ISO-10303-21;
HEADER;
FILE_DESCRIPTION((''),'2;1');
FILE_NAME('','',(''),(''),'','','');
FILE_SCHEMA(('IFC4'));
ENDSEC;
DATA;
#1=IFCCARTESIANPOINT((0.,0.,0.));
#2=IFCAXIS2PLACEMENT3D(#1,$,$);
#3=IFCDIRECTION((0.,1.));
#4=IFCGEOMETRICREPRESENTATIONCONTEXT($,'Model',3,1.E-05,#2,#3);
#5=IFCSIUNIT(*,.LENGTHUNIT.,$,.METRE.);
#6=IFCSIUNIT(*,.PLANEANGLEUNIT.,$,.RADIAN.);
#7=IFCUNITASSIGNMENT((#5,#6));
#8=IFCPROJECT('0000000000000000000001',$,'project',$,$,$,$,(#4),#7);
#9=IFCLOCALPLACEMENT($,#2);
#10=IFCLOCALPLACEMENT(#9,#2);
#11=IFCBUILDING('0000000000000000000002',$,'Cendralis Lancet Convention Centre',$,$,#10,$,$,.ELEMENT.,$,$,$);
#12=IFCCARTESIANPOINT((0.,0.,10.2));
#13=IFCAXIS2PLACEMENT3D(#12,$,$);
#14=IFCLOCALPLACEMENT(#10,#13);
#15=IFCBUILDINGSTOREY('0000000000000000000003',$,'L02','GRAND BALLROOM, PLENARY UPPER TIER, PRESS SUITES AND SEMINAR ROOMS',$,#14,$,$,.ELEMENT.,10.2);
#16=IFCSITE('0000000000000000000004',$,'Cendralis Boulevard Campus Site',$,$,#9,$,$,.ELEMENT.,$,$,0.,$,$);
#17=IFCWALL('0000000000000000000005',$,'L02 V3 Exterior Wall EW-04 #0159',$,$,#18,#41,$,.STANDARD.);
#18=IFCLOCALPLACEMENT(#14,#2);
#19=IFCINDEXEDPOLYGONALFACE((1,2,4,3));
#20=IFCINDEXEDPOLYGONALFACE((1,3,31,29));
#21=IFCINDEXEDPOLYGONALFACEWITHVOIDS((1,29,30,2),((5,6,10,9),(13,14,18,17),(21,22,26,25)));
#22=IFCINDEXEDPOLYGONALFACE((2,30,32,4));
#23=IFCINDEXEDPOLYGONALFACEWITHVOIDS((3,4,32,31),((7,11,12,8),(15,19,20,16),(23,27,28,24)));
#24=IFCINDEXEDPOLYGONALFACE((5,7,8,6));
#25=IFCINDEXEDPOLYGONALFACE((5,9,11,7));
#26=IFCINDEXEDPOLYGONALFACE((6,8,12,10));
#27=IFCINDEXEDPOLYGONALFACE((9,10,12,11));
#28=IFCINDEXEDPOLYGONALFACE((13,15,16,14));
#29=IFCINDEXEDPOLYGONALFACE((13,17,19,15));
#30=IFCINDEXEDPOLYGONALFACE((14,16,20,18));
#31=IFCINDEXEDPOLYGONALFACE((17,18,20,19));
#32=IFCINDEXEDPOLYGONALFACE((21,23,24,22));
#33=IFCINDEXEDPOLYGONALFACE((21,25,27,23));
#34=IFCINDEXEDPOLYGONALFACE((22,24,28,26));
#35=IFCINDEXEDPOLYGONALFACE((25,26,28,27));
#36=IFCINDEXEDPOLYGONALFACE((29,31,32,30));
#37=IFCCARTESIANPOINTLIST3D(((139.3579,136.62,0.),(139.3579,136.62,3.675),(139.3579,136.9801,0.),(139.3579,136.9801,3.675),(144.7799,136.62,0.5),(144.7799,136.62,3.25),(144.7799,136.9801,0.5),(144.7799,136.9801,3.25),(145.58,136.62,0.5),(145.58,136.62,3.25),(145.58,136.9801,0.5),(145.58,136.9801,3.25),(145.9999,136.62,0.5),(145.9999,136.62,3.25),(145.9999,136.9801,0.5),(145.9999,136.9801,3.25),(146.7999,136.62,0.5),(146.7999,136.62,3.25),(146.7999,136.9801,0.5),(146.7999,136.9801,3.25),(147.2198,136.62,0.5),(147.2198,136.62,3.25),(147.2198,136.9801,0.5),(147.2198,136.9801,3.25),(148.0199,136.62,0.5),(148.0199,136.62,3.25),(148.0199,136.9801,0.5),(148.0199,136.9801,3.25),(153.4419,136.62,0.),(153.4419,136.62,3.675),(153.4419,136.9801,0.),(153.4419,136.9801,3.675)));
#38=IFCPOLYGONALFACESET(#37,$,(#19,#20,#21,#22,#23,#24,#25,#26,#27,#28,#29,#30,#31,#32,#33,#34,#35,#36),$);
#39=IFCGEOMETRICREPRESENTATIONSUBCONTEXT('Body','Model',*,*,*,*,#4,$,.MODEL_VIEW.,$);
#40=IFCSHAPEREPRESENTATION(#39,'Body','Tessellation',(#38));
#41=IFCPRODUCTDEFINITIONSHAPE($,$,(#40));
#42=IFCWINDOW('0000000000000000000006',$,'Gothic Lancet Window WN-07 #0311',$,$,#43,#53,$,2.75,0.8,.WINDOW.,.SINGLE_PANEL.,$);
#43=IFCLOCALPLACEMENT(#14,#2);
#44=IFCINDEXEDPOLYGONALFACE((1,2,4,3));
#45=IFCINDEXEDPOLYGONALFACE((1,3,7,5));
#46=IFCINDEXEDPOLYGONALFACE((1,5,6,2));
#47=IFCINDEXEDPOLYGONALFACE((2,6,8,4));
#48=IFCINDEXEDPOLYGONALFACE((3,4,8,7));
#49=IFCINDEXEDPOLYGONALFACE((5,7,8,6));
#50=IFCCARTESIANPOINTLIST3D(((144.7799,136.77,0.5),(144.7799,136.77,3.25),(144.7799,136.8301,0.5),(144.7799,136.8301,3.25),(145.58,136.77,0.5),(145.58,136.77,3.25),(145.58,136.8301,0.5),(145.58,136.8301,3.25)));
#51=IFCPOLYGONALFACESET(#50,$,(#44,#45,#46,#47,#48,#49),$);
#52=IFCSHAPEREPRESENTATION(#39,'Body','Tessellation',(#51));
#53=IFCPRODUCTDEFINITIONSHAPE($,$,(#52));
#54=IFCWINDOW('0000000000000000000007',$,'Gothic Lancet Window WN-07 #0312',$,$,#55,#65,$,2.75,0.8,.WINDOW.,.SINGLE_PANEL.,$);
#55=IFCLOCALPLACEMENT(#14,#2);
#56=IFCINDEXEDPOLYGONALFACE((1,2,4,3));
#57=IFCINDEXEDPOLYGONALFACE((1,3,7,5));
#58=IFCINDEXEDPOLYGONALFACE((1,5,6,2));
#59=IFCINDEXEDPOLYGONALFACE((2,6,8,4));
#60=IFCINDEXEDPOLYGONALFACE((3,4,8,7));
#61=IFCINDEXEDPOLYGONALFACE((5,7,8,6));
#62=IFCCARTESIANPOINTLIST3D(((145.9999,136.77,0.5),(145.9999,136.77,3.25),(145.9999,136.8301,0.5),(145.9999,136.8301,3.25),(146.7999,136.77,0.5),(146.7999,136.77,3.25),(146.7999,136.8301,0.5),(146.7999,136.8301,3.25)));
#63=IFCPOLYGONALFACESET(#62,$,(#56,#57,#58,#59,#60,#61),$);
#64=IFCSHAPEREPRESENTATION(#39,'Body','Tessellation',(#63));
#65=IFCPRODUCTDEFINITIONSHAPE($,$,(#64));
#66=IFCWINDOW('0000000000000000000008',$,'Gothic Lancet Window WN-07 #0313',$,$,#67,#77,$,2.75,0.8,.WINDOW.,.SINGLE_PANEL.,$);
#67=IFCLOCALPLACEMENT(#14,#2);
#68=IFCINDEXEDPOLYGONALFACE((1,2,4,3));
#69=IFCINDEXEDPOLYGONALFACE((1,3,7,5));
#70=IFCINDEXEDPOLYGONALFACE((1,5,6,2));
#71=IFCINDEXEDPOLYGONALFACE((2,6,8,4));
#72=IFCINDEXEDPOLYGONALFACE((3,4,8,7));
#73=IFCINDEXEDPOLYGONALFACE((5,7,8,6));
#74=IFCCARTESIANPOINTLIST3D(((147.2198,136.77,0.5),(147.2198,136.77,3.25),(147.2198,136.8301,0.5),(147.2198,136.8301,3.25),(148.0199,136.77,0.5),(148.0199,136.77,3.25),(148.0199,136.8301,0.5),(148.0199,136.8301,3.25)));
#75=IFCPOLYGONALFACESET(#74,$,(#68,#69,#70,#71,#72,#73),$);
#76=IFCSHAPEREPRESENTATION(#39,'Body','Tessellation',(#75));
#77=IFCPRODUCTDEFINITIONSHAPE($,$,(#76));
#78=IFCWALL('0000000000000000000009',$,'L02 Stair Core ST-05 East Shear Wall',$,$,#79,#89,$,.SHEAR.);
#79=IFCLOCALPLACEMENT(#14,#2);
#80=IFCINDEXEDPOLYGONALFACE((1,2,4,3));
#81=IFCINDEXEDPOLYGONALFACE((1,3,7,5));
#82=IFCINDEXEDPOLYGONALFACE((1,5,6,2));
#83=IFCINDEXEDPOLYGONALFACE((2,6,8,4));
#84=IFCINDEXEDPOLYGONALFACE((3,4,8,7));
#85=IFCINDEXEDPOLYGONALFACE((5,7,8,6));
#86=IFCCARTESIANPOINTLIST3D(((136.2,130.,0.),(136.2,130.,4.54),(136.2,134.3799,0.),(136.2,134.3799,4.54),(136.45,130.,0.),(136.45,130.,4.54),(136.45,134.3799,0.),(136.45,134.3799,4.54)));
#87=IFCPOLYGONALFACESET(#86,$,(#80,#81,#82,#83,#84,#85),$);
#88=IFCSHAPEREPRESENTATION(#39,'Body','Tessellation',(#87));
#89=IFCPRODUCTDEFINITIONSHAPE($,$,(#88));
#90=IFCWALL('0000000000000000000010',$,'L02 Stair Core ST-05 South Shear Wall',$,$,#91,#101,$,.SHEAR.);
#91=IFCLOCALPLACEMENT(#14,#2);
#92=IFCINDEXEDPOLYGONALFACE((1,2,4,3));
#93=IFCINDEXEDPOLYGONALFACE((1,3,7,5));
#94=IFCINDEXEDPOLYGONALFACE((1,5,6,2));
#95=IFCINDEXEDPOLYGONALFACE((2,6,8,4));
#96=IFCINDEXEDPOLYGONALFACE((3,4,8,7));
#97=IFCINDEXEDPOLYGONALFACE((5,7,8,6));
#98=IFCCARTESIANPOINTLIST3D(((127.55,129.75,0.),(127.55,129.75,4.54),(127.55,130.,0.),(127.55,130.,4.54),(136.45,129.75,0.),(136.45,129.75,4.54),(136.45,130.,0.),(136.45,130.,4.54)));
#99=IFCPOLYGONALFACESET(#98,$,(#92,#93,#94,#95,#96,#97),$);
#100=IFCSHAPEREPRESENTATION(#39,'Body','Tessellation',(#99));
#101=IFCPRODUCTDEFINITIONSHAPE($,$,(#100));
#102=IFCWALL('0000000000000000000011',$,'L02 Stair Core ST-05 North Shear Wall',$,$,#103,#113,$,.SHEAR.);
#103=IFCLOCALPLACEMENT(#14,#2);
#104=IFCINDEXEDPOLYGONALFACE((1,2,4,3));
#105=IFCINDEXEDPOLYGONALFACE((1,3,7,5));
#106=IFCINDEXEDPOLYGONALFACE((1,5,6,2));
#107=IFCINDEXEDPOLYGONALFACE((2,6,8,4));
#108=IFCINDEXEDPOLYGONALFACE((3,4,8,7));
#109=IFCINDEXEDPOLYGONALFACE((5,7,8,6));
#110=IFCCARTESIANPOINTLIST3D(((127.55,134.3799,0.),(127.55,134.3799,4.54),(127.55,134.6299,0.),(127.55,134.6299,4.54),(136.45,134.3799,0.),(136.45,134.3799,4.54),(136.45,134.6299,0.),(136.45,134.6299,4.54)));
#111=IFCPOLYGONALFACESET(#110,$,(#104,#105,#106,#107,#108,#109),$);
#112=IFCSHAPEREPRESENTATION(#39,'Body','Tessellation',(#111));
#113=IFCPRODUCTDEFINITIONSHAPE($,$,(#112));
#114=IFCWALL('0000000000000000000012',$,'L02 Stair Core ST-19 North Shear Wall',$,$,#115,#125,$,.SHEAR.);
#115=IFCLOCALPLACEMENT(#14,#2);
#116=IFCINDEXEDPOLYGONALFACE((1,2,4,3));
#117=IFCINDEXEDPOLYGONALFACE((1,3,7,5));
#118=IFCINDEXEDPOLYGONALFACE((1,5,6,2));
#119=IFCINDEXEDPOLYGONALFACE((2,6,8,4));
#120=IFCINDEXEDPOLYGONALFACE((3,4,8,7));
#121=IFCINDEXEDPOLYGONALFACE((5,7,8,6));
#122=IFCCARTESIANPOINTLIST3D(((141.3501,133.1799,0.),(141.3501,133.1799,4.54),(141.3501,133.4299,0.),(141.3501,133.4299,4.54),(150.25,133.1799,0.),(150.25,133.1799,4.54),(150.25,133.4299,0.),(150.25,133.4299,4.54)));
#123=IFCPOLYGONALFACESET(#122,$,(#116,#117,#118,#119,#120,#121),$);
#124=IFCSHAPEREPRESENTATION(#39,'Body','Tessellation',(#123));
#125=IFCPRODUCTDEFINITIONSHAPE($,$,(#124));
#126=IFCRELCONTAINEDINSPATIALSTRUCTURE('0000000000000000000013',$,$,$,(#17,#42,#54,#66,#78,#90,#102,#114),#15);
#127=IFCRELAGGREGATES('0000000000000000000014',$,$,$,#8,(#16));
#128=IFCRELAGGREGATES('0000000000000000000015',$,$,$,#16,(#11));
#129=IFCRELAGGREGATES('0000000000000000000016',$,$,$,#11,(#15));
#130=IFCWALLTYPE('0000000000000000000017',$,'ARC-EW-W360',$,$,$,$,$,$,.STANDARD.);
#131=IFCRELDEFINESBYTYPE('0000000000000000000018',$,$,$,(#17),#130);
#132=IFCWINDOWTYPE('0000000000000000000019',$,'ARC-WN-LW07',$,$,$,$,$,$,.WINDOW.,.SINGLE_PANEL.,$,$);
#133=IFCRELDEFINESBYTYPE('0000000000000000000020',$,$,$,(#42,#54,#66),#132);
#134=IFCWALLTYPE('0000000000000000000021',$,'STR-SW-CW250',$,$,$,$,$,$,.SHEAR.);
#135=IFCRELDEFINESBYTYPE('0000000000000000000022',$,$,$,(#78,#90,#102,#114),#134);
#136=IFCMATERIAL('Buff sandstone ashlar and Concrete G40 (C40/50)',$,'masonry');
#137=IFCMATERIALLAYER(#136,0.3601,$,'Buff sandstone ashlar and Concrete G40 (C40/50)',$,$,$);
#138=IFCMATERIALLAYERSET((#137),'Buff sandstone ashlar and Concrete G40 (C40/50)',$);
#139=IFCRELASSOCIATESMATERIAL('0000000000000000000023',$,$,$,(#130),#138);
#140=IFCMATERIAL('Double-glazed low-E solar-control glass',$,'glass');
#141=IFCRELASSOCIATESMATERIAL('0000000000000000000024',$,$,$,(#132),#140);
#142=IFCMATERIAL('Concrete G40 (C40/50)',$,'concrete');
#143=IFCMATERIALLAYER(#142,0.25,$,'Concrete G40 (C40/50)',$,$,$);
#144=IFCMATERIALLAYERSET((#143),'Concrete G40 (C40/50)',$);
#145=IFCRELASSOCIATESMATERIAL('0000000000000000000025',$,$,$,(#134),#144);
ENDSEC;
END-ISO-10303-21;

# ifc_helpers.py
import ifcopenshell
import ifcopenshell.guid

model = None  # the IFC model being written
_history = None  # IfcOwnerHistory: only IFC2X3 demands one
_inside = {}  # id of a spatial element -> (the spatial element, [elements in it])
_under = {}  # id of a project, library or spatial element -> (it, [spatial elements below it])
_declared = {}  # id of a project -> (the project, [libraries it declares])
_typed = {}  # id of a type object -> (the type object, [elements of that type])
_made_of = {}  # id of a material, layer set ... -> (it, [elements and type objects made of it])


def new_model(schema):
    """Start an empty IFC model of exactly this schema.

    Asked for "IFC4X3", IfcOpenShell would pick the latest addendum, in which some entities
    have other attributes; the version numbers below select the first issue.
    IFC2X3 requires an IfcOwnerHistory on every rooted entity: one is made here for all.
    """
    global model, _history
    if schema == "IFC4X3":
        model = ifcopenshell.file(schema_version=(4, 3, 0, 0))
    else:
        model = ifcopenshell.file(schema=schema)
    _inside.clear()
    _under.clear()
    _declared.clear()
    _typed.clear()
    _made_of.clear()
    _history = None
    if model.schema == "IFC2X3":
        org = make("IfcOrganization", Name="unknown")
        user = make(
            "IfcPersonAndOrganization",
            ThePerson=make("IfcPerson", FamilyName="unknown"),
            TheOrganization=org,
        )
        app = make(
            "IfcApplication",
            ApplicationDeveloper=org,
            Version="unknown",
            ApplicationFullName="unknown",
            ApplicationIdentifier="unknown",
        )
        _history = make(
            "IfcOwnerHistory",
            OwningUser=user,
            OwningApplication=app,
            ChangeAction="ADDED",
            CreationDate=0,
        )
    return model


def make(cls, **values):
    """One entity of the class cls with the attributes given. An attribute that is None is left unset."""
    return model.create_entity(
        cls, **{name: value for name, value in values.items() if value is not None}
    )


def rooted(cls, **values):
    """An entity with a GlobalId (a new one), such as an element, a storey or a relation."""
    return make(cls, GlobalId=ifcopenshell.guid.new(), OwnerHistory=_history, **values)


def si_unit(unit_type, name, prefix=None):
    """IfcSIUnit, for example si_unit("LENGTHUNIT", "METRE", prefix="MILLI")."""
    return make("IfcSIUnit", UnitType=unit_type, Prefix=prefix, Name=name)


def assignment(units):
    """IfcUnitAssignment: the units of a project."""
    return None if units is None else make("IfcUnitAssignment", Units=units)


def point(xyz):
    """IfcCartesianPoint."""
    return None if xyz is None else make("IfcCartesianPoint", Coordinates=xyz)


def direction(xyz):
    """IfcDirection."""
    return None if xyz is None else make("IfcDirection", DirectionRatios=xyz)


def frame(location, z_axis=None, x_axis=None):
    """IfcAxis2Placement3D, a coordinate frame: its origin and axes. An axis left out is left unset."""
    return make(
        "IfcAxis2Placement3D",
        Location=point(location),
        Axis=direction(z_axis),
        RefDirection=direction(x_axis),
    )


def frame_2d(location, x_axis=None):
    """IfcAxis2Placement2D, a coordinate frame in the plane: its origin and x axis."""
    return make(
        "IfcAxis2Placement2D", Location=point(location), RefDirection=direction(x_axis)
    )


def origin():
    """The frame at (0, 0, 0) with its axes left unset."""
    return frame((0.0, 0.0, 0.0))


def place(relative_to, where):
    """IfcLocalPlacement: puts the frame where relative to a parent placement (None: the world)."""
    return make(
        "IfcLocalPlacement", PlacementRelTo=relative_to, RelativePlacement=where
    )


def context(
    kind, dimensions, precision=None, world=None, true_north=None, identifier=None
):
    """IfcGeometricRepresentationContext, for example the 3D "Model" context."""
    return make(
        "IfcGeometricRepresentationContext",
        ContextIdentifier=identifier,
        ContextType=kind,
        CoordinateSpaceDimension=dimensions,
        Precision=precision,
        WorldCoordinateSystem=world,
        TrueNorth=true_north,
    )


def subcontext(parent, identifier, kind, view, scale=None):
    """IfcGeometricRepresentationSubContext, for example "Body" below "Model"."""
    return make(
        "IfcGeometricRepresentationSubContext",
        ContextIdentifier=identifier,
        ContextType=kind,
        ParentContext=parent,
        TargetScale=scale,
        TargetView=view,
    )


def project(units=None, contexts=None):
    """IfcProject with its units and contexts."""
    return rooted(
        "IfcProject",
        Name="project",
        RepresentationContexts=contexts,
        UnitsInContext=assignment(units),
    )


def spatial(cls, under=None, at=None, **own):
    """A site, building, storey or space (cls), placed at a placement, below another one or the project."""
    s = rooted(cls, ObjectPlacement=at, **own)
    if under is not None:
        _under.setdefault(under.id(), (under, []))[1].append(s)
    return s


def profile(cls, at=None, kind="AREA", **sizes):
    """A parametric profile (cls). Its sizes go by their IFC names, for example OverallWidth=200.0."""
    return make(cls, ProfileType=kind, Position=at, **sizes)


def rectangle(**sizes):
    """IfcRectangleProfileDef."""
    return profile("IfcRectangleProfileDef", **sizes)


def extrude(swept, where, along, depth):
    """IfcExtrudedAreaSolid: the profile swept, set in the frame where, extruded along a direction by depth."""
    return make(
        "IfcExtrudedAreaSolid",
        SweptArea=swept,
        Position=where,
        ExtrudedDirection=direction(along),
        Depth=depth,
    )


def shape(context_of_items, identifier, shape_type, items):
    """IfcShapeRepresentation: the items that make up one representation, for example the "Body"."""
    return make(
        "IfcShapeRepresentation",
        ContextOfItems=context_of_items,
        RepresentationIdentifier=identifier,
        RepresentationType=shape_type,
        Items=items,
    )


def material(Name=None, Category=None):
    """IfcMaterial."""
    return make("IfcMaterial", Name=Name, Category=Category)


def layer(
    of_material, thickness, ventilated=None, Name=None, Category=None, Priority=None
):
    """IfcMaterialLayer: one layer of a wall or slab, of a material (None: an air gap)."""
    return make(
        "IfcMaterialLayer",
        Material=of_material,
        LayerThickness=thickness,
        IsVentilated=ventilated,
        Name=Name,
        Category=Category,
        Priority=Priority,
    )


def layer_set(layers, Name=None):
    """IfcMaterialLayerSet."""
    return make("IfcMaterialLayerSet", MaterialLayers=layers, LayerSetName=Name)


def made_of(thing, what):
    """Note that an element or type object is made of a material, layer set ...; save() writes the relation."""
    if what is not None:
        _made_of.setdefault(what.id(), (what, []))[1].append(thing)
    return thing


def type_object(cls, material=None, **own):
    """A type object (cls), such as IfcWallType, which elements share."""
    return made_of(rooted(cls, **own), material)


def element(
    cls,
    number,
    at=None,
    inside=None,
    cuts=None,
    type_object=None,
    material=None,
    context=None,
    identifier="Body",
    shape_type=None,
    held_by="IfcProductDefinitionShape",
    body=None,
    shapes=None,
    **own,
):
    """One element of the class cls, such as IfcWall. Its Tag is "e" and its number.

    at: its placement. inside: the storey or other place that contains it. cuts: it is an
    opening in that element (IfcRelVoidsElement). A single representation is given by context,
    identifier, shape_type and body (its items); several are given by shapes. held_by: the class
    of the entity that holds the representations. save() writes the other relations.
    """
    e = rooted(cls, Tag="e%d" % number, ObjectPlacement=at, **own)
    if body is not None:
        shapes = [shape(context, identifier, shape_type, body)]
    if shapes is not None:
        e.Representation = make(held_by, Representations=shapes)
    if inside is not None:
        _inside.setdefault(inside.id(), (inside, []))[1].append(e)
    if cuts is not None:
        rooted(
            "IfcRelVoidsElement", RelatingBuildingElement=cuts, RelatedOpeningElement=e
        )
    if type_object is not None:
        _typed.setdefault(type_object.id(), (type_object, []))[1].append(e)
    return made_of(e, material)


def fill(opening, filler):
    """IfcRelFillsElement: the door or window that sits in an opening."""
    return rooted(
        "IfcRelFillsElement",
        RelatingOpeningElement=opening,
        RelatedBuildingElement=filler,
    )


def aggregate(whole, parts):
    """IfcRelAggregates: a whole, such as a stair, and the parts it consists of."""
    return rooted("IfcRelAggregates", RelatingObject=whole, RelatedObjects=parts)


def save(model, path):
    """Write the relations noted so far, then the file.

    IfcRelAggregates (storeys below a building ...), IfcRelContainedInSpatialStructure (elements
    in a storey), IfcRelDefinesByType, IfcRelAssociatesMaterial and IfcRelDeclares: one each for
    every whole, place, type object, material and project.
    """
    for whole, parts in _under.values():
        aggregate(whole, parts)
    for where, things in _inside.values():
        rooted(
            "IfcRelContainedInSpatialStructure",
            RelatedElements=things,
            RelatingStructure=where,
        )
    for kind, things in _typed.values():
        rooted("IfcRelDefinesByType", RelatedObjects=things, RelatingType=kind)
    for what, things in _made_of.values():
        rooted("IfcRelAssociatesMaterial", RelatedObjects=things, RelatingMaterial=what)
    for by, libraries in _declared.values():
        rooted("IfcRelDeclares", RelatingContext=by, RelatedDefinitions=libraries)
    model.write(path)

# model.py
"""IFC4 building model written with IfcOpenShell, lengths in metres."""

from ifc_helpers import new_model, si_unit, direction, frame, frame_2d, origin, place, context, subcontext, project, spatial, rectangle, extrude, material, layer, layer_set, type_object, element, fill, save


model = new_model("IFC4")

# Units and contexts
model_context = context("Model", 3, precision=1e-05, world=origin(), true_north=direction((0.0, 1.0)))
body_context = subcontext(model_context, "Body", "Model", "MODEL_VIEW")
ifc_project = project(units=[si_unit("LENGTHUNIT", "METRE"), si_unit("PLANEANGLEUNIT", "RADIAN")], contexts=[model_context])

# Site, building, storey
site_placement = place(None, origin())
site = spatial("IfcSite", under=ifc_project, at=site_placement, Name="Cendralis Boulevard Campus Site", CompositionType="ELEMENT", RefElevation=0.0)
building_placement = place(site_placement, origin())
building = spatial("IfcBuilding", under=site, at=building_placement, Name="Cendralis Lancet Convention Centre", CompositionType="ELEMENT")
storey_placement = place(building_placement, frame((0.0, 0.0, 10.2)))
storey = spatial("IfcBuildingStorey", under=building, at=storey_placement, Name="L02", Description="GRAND BALLROOM, PLENARY UPPER TIER, PRESS SUITES AND SEMINAR ROOMS", CompositionType="ELEMENT", Elevation=10.2)

# Shared definitions
ifc_material_1 = material(Name="Concrete G40 (C40/50)", Category="concrete")

# Shared definitions
ifc_material_2 = material(Name="Double-glazed low-E solar-control glass", Category="glass")

# Wall, openings, windows
ifc_material_3 = material(Name="Buff sandstone ashlar and Concrete G40 (C40/50)", Category="masonry")
ifc_layer_1 = layer(ifc_material_3, 0.3601, Name="Buff sandstone ashlar and Concrete G40 (C40/50)")
ifc_layer_set_1 = layer_set([ifc_layer_1], Name="Buff sandstone ashlar and Concrete G40 (C40/50)")
wall_type_1 = type_object("IfcWallType", Name="ARC-EW-W360", PredefinedType="STANDARD", material=ifc_layer_set_1)
wall_1_placement = place(storey_placement, frame((139.3579, 136.8, 0.0), z_axis=(0.0, 0.0, 1.0), x_axis=(1.0, 0.0, 0.0)))
wall_1 = element("IfcWall", 1, at=wall_1_placement, inside=storey, type_object=wall_type_1, Name="L02 V3 Exterior Wall EW-04 #0159", PredefinedType="STANDARD", context=body_context, shape_type="SweptSolid", body=[
    extrude(rectangle(XDim=14.084, YDim=0.3601, at=frame_2d((7.042, 0.0))), origin(), (0.0, 0.0, 1.0), 3.675),
])
opening_1_placement = place(wall_1_placement, frame((5.4221, 0.0, 0.5)))
opening_1 = element("IfcOpeningElement", 2, at=opening_1_placement, cuts=wall_1, PredefinedType="OPENING", context=body_context, shape_type="SweptSolid", body=[
    extrude(rectangle(XDim=0.8, YDim=2.75, at=frame_2d((0.3999, 1.375))), frame((0.0, 0.1899, 0.0), z_axis=(0.0, -1.0, 0.0), x_axis=(1.0, 0.0, 0.0)), (0.0, 0.0, 1.0), 0.3801),
])
opening_2_placement = place(wall_1_placement, frame((6.6421, 0.0, 0.5)))
opening_2 = element("IfcOpeningElement", 3, at=opening_2_placement, cuts=wall_1, PredefinedType="OPENING", context=body_context, shape_type="SweptSolid", body=[
    extrude(rectangle(XDim=0.8, YDim=2.75, at=frame_2d((0.3999, 1.375))), frame((0.0, 0.1899, 0.0), z_axis=(0.0, -1.0, 0.0), x_axis=(1.0, 0.0, 0.0)), (0.0, 0.0, 1.0), 0.3801),
])
opening_3_placement = place(wall_1_placement, frame((7.8621, 0.0, 0.5)))
opening_3 = element("IfcOpeningElement", 4, at=opening_3_placement, cuts=wall_1, PredefinedType="OPENING", context=body_context, shape_type="SweptSolid", body=[
    extrude(rectangle(XDim=0.8, YDim=2.75, at=frame_2d((0.3999, 1.375))), frame((0.0, 0.1899, 0.0), z_axis=(0.0, -1.0, 0.0), x_axis=(1.0, 0.0, 0.0)), (0.0, 0.0, 1.0), 0.3801),
])
window_type_1 = type_object("IfcWindowType", Name="ARC-WN-LW07", PartitioningType="SINGLE_PANEL", PredefinedType="WINDOW", material=ifc_material_2)
window_1_placement = place(opening_1_placement, origin())
window_1 = element("IfcWindow", 5, at=window_1_placement, inside=storey, type_object=window_type_1, Name="Gothic Lancet Window WN-07 #0311", OverallHeight=2.75, OverallWidth=0.8, PartitioningType="SINGLE_PANEL", PredefinedType="WINDOW", context=body_context, shape_type="SweptSolid", body=[
    extrude(rectangle(XDim=0.8, YDim=2.75, at=frame_2d((0.3999, 1.375))), frame((0.0, 0.03, 0.0), z_axis=(0.0, -1.0, 0.0), x_axis=(1.0, 0.0, 0.0)), (0.0, 0.0, 1.0), 0.0601),
])
fill(opening_1, window_1)
window_2_placement = place(opening_2_placement, origin())
window_2 = element("IfcWindow", 6, at=window_2_placement, inside=storey, type_object=window_type_1, Name="Gothic Lancet Window WN-07 #0312", OverallHeight=2.75, OverallWidth=0.8, PartitioningType="SINGLE_PANEL", PredefinedType="WINDOW", context=body_context, shape_type="SweptSolid", body=[
    extrude(rectangle(XDim=0.8, YDim=2.75, at=frame_2d((0.3999, 1.375))), frame((0.0, 0.03, 0.0), z_axis=(0.0, -1.0, 0.0), x_axis=(1.0, 0.0, 0.0)), (0.0, 0.0, 1.0), 0.0601),
])
fill(opening_2, window_2)
window_3_placement = place(opening_3_placement, origin())
window_3 = element("IfcWindow", 7, at=window_3_placement, inside=storey, type_object=window_type_1, Name="Gothic Lancet Window WN-07 #0313", OverallHeight=2.75, OverallWidth=0.8, PartitioningType="SINGLE_PANEL", PredefinedType="WINDOW", context=body_context, shape_type="SweptSolid", body=[
    extrude(rectangle(XDim=0.8, YDim=2.75, at=frame_2d((0.3999, 1.375))), frame((0.0, 0.03, 0.0), z_axis=(0.0, -1.0, 0.0), x_axis=(1.0, 0.0, 0.0)), (0.0, 0.0, 1.0), 0.0601),
])
fill(opening_3, window_3)

# Shared definitions
ifc_layer_2 = layer(ifc_material_1, 0.25, Name="Concrete G40 (C40/50)")
ifc_layer_set_2 = layer_set([ifc_layer_2], Name="Concrete G40 (C40/50)")
wall_type_2 = type_object("IfcWallType", Name="STR-SW-CW250", PredefinedType="SHEAR", material=ifc_layer_set_2)

# Walls
wall_2_placement = place(storey_placement, frame((136.325, 130.0, 0.0), z_axis=(0.0, 0.0, 1.0), x_axis=(0.0, 1.0, 0.0)))
element("IfcWall", 8, at=wall_2_placement, inside=storey, type_object=wall_type_2, Name="L02 Stair Core ST-05 East Shear Wall", PredefinedType="SHEAR", context=body_context, shape_type="SweptSolid", body=[
    extrude(rectangle(XDim=4.3799, YDim=0.25, at=frame_2d((2.1899, 0.0))), origin(), (0.0, 0.0, 1.0), 4.54),
])
for number, where, z_axis, x_axis, name in (
    (9, (127.55, 129.875, 0.0), (0.0, 0.0, 1.0), (1.0, 0.0, 0.0), "L02 Stair Core ST-05 South Shear Wall"),
    (10, (127.55, 134.5049, 0.0), (0.0, 0.0, 1.0), (1.0, 0.0, 0.0), "L02 Stair Core ST-05 North Shear Wall"),
    (11, (141.3501, 133.3049, 0.0), (0.0, 0.0, 1.0), (1.0, 0.0, 0.0), "L02 Stair Core ST-19 North Shear Wall"),
):
    element("IfcWall", number, at=place(storey_placement, frame(where, z_axis=z_axis, x_axis=x_axis)), inside=storey, type_object=wall_type_2, Name=name, PredefinedType="SHEAR", context=body_context, shape_type="SweptSolid", body=[
        extrude(rectangle(XDim=8.8999, YDim=0.25, at=frame_2d((4.45, 0.0))), origin(), (0.0, 0.0, 1.0), 4.54),
    ])

save(model, "model.ifc")
